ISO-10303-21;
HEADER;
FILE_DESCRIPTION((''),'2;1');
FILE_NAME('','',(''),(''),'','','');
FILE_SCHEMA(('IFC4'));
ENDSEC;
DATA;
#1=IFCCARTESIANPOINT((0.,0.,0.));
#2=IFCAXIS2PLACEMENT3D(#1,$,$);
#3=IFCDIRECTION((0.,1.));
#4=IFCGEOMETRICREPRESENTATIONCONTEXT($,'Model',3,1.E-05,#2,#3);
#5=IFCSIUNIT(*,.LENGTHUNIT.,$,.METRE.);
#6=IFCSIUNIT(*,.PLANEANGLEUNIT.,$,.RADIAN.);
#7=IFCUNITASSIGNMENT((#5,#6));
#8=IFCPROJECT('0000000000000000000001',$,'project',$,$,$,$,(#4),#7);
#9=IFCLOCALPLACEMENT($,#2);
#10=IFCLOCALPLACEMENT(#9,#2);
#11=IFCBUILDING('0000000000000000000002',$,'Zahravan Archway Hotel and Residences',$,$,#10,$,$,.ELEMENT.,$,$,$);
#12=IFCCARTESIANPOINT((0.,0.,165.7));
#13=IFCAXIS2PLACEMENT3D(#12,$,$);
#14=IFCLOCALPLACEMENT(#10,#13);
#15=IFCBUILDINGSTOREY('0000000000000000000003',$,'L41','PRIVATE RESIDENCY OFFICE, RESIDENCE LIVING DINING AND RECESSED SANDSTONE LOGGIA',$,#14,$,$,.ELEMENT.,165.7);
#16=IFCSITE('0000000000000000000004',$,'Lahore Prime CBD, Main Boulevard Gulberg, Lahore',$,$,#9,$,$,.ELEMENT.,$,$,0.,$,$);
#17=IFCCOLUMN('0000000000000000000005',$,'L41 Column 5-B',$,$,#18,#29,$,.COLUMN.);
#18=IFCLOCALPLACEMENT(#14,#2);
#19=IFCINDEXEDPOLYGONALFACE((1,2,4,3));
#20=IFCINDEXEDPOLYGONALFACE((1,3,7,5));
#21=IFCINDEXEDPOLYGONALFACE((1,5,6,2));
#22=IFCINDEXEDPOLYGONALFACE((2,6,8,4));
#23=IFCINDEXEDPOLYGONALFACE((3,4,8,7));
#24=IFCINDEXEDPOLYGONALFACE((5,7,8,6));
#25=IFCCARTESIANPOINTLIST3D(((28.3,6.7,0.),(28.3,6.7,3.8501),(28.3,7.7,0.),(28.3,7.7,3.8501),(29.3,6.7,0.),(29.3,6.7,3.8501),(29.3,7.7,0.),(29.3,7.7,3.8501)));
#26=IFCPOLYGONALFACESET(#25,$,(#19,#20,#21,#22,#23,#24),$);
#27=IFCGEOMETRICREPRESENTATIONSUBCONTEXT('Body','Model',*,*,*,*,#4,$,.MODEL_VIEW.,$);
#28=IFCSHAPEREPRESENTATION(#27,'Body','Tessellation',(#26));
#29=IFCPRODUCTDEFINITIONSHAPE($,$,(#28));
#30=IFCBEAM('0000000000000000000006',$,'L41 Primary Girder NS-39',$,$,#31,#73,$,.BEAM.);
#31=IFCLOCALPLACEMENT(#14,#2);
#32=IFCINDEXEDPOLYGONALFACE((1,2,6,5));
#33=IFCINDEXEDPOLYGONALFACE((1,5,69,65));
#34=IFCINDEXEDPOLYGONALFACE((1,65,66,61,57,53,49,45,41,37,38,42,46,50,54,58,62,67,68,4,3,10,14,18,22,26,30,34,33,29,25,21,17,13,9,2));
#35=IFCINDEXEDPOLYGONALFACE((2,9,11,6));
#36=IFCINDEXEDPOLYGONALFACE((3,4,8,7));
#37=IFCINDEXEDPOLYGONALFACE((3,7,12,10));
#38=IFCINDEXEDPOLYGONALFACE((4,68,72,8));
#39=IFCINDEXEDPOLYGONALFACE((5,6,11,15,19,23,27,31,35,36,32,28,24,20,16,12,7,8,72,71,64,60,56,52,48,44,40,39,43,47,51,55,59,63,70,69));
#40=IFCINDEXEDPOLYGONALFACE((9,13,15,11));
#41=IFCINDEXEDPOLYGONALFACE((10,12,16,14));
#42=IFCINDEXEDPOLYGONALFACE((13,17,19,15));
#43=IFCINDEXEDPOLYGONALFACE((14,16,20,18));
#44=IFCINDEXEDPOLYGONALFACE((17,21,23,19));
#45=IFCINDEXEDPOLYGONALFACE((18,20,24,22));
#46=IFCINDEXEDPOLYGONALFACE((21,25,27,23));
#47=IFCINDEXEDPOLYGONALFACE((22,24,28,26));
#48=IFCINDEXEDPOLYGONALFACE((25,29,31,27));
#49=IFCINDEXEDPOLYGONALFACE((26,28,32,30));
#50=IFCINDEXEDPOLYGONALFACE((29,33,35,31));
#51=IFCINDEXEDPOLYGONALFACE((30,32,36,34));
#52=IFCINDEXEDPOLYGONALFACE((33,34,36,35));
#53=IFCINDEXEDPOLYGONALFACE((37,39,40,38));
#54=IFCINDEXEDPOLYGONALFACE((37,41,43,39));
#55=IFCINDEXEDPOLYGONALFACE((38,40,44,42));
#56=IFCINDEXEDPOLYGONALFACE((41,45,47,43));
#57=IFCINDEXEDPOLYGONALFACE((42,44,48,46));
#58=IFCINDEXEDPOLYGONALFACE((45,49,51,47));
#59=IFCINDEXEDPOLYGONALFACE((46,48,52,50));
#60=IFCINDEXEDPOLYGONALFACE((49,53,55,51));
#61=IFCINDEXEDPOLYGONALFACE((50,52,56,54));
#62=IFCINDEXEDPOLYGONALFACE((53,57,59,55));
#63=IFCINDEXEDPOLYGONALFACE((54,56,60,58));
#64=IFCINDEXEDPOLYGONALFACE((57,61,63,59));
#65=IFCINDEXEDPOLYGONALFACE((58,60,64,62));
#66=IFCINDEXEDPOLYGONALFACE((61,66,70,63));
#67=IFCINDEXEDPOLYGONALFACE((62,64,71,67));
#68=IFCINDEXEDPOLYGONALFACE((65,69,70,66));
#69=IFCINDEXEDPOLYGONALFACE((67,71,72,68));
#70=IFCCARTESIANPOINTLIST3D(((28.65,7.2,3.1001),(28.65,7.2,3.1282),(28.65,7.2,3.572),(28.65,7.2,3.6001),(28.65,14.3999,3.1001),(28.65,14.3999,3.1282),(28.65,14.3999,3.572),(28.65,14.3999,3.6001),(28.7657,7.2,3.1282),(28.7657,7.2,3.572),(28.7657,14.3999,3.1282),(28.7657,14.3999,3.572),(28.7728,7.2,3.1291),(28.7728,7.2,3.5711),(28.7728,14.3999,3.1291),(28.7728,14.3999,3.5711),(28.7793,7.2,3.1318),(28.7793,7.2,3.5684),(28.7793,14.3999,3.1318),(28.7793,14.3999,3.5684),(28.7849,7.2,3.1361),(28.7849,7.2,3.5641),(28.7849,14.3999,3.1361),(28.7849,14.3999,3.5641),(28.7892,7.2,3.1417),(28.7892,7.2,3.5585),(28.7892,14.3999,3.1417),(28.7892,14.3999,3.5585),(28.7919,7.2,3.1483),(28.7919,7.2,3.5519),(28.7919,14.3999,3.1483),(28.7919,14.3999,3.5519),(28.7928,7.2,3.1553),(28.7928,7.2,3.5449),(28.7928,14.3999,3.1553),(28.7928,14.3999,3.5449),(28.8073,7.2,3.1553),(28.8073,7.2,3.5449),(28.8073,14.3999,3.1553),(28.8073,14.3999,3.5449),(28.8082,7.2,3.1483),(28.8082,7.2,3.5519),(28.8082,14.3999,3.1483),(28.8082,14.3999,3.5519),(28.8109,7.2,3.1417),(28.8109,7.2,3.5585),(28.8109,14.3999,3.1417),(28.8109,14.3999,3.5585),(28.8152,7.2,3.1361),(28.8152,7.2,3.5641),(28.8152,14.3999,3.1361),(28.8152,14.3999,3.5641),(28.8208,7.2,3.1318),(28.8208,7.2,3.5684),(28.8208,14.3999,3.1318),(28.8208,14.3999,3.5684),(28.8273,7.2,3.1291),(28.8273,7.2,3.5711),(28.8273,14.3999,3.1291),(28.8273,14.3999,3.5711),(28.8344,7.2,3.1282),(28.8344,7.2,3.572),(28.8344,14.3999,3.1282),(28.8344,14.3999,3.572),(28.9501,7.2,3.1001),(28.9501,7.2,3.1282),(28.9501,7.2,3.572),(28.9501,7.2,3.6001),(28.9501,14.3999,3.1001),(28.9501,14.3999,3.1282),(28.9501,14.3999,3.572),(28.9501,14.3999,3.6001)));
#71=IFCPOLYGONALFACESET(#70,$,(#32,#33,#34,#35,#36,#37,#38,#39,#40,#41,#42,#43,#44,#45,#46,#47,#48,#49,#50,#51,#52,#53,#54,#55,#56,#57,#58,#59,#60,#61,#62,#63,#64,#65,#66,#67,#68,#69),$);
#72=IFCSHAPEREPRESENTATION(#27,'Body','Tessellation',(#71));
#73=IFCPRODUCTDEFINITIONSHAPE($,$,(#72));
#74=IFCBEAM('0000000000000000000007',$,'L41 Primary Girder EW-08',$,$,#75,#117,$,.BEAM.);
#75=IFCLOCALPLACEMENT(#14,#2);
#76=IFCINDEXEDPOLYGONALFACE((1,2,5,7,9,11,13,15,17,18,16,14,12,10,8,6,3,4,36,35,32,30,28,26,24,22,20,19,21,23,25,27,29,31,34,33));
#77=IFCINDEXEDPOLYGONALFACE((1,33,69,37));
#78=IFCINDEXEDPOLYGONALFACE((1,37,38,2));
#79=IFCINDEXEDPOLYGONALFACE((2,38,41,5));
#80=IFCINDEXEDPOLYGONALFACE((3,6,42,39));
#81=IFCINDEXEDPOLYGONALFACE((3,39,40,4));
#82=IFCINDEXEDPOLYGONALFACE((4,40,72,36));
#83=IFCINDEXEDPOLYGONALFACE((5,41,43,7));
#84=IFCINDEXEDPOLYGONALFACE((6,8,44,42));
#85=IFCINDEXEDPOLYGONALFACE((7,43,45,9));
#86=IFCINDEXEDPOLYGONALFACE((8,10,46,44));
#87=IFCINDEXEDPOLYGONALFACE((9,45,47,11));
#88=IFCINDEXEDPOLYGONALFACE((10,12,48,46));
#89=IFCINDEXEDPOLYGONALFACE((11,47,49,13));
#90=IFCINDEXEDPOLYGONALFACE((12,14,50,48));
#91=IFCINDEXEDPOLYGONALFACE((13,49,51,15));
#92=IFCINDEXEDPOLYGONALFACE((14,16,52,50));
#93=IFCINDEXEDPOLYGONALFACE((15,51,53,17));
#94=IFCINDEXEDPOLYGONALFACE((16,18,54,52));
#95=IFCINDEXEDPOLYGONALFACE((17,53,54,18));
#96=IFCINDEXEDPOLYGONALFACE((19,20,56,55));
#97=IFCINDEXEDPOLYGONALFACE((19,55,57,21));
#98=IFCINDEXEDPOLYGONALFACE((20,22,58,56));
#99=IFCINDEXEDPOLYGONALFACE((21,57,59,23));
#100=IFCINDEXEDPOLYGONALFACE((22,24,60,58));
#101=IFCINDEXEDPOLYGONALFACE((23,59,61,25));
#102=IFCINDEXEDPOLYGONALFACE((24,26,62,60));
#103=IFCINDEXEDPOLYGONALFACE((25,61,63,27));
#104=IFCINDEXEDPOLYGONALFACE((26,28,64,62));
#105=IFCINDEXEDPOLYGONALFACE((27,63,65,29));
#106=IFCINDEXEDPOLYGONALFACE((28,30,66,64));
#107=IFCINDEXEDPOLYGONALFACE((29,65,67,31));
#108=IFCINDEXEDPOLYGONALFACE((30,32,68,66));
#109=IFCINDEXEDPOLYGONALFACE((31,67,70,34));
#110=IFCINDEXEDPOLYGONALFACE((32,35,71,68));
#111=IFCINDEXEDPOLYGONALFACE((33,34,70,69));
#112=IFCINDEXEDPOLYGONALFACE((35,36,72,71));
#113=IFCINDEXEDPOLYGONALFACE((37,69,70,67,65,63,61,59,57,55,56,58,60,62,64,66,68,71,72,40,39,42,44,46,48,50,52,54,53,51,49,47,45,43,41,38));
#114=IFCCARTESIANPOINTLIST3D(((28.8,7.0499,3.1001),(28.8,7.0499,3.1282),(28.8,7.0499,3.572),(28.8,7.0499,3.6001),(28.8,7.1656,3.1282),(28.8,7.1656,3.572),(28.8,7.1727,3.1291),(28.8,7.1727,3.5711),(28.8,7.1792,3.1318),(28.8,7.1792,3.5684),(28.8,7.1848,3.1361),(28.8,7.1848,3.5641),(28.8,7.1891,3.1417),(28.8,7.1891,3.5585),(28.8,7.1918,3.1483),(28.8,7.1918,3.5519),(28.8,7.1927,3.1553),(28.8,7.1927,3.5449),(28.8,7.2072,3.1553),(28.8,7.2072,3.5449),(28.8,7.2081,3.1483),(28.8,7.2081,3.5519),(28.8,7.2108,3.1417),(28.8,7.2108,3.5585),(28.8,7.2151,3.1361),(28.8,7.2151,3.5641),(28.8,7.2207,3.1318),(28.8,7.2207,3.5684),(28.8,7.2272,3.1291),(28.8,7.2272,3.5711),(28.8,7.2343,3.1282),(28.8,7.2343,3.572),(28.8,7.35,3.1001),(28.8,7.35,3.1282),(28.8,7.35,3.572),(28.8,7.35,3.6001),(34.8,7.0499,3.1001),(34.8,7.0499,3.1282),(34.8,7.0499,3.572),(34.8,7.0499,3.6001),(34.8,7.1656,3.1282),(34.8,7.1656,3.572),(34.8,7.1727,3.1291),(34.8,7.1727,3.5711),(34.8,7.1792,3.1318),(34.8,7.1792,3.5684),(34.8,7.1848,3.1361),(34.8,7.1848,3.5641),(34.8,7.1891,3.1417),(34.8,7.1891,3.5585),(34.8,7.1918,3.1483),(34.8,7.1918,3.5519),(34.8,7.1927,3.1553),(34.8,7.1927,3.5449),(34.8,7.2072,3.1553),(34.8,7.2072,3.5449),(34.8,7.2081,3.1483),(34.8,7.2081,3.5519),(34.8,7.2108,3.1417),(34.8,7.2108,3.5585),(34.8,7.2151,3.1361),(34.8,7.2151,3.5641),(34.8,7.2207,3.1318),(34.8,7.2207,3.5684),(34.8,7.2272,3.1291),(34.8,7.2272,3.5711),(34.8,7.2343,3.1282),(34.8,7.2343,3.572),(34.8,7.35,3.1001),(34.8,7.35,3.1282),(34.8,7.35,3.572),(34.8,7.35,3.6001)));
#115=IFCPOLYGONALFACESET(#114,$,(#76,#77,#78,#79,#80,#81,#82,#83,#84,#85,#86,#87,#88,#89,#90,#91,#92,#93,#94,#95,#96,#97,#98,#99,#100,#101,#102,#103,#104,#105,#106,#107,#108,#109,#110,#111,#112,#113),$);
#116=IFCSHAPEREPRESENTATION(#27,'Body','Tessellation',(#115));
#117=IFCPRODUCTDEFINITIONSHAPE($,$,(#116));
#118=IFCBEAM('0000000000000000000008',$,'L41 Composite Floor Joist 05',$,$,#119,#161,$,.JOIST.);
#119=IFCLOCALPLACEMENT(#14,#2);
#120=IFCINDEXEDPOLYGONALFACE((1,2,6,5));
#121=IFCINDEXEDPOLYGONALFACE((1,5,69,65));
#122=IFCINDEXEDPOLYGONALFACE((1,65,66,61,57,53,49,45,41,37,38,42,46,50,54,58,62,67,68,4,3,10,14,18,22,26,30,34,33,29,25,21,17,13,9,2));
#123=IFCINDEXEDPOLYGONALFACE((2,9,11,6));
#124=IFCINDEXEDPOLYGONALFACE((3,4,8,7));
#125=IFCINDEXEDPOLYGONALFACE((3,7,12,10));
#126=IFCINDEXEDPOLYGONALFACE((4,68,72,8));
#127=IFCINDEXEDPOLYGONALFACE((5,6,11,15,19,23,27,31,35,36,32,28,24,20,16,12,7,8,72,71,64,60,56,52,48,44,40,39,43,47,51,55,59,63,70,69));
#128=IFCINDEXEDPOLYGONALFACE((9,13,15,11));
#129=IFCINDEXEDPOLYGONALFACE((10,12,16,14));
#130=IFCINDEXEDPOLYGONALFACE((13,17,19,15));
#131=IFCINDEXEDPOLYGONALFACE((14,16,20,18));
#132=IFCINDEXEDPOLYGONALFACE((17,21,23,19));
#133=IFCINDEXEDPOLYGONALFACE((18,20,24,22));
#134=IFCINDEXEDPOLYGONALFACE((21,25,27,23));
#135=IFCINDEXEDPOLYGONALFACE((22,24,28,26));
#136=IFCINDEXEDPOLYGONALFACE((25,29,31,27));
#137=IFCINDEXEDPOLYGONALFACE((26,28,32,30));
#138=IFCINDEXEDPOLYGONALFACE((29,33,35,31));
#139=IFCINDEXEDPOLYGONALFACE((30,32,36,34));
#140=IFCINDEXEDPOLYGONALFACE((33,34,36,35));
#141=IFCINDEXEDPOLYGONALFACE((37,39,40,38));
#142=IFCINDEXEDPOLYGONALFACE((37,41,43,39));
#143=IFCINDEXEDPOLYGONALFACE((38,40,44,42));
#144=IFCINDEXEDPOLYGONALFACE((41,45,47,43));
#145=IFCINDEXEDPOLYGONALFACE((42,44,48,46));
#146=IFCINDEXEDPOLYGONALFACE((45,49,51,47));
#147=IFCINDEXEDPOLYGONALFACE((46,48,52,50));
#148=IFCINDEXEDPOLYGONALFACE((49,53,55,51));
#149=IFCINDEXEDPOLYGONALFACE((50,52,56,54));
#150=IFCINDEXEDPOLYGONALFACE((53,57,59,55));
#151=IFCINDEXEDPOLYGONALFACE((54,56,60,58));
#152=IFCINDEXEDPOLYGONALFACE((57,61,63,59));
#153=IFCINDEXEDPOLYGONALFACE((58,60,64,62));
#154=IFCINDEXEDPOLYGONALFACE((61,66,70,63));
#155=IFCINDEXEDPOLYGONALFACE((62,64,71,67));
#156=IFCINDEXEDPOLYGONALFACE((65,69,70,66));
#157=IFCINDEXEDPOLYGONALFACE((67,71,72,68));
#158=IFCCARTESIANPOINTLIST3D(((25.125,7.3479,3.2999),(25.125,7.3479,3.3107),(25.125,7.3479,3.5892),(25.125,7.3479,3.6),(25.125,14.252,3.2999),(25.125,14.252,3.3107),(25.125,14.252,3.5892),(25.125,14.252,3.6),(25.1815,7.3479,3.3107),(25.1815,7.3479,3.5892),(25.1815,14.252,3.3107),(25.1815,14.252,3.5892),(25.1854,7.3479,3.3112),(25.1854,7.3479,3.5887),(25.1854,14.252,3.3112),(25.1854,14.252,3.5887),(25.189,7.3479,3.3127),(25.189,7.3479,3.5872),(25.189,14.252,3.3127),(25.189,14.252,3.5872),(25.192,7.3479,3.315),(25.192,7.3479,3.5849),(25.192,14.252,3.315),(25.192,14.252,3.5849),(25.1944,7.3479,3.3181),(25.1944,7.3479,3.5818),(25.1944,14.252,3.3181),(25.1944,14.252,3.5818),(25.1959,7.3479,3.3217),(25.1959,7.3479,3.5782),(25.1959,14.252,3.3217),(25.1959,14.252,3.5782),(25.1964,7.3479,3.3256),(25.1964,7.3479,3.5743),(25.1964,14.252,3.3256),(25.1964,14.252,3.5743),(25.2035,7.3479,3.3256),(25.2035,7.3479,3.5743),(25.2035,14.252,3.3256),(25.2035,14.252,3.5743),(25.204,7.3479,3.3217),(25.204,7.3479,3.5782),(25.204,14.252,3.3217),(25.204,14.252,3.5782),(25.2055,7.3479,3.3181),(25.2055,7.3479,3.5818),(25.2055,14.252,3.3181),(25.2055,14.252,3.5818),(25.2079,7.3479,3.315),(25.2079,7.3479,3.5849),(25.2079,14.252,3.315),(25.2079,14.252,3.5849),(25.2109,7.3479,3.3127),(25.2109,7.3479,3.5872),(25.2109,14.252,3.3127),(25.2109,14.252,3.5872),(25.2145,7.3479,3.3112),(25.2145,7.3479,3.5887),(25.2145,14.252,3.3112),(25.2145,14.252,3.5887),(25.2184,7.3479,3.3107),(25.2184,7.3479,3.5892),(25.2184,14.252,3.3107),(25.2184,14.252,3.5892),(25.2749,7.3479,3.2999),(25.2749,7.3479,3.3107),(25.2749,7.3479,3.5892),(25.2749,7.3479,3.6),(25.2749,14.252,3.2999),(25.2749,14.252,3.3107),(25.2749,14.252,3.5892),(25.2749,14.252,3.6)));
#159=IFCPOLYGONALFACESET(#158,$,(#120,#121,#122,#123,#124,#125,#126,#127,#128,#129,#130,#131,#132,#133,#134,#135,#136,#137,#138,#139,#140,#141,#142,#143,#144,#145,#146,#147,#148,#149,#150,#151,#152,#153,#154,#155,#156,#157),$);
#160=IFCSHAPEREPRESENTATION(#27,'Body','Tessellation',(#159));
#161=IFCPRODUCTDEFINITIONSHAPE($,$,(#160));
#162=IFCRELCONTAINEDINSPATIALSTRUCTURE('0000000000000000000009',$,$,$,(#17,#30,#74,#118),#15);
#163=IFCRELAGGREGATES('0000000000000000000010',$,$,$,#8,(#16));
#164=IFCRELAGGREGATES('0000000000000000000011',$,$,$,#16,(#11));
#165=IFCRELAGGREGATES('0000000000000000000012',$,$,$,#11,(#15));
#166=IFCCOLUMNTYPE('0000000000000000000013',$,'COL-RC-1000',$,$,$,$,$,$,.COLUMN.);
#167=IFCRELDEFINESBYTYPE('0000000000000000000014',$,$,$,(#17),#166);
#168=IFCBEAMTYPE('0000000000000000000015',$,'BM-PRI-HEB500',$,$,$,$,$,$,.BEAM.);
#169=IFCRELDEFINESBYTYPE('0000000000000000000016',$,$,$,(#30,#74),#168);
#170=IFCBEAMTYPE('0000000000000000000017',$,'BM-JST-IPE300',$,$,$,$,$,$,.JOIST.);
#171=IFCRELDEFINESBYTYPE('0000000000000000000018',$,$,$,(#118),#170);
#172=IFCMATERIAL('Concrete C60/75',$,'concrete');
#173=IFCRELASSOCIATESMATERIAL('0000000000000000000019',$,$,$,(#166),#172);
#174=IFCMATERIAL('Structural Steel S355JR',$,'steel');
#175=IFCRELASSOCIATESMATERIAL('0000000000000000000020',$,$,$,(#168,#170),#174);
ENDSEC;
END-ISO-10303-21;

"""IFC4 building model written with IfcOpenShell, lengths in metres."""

from ifc_helpers import new_model, si_unit, direction, frame, origin, origin_2d, place, context, subcontext, project, spatial, rectangle, i_section, extrude, source, transform, mapped, material, material_profile, profile_set, type_object, type_shapes, element, save


model = new_model("IFC4")

# Units and contexts
model_context = context("Model", 3, precision=1e-05, world=origin(), true_north=direction((0.0, 1.0)))
body_context = subcontext(model_context, "Body", "Model", "MODEL_VIEW")
ifc_project = project(units=[si_unit("LENGTHUNIT", "METRE"), si_unit("PLANEANGLEUNIT", "RADIAN")], contexts=[model_context])

# Site, building, storey
site_placement = place(None, origin())
site = spatial("IfcSite", under=ifc_project, at=site_placement, Name="Lahore Prime CBD, Main Boulevard Gulberg, Lahore", CompositionType="ELEMENT", RefElevation=0.0)
building_placement = place(site_placement, origin())
building = spatial("IfcBuilding", under=site, at=building_placement, Name="Zahravan Archway Hotel and Residences", CompositionType="ELEMENT")
storey_placement = place(building_placement, frame((0.0, 0.0, 165.7)))
storey = spatial("IfcBuildingStorey", under=building, at=storey_placement, Name="L41", Description="PRIVATE RESIDENCY OFFICE, RESIDENCE LIVING DINING AND RECESSED SANDSTONE LOGGIA", CompositionType="ELEMENT", Elevation=165.7)

# Column
ifc_material_1 = material(Name="Concrete C60/75", Category="concrete")
ifc_material_profile_1 = material_profile(ifc_material_1, rectangle(XDim=1.0, YDim=1.0, at=origin_2d()), Name="RC-COL-1000x1000", Category="concrete")
ifc_profile_set_1 = profile_set([ifc_material_profile_1], Name="Concrete C60/75")
column_type = type_object("IfcColumnType", Name="COL-RC-1000", PredefinedType="COLUMN", material=ifc_profile_set_1)
shared_shape_1 = source(origin(), body_context, "Body", "SweptSolid", [
    extrude(rectangle(XDim=1.0, YDim=1.0, at=origin_2d()), origin(), (0.0, 0.0, 1.0), 3.8501),
])
column_placement = place(storey_placement, frame((28.8, 7.2, 0.0), z_axis=(0.0, 0.0, 1.0), x_axis=(1.0, 0.0, 0.0)))
element("IfcColumn", 1, at=column_placement, inside=storey, type_object=column_type, Name="L41 Column 5-B", PredefinedType="COLUMN", context=body_context, shape_type="MappedRepresentation", body=[
    mapped(shared_shape_1, transform((0.0, 0.0, 0.0), scale=1.0)),
])

# Beams
ifc_material_2 = material(Name="Structural Steel S355JR", Category="steel")
ifc_material_profile_2 = material_profile(ifc_material_2, i_section(OverallWidth=0.3, OverallDepth=0.5, WebThickness=0.0144, FlangeThickness=0.0281, FilletRadius=0.0271, at=origin_2d()), Name="HEB 500", Category="steel")
ifc_profile_set_2 = profile_set([ifc_material_profile_2], Name="Structural Steel S355JR")
beam_type_1 = type_object("IfcBeamType", Name="BM-PRI-HEB500", PredefinedType="BEAM", material=ifc_profile_set_2)
shared_shape_2 = source(origin(), body_context, "Body", "SweptSolid", [
    extrude(i_section(OverallWidth=0.3, OverallDepth=0.5, WebThickness=0.0144, FlangeThickness=0.0281, FilletRadius=0.0271, at=origin_2d()), origin(), (0.0, 0.0, 1.0), 7.2),
])
beam_1_placement = place(storey_placement, frame((28.8, 7.2, 3.3501), z_axis=(0.0, 1.0, 0.0), x_axis=(-1.0, 0.0, 0.0)))
element("IfcBeam", 2, at=beam_1_placement, inside=storey, type_object=beam_type_1, Name="L41 Primary Girder NS-39", PredefinedType="BEAM", context=body_context, shape_type="MappedRepresentation", body=[
    mapped(shared_shape_2, transform((0.0, 0.0, 0.0), scale=1.0)),
])
shared_shape_3 = source(origin(), body_context, "Body", "SweptSolid", [
    extrude(i_section(OverallWidth=0.3, OverallDepth=0.5, WebThickness=0.0144, FlangeThickness=0.0281, FilletRadius=0.0271, at=origin_2d()), origin(), (0.0, 0.0, 1.0), 6.0),
])
beam_2_placement = place(storey_placement, frame((28.8, 7.2, 3.3501), z_axis=(1.0, 0.0, 0.0), x_axis=(0.0, 1.0, 0.0)))
element("IfcBeam", 3, at=beam_2_placement, inside=storey, type_object=beam_type_1, Name="L41 Primary Girder EW-08", PredefinedType="BEAM", context=body_context, shape_type="MappedRepresentation", body=[
    mapped(shared_shape_3, transform((0.0, 0.0, 0.0), scale=1.0)),
])
ifc_material_profile_3 = material_profile(ifc_material_2, i_section(OverallWidth=0.1499, OverallDepth=0.3, WebThickness=0.0071, FlangeThickness=0.0107, FilletRadius=0.0149, at=origin_2d()), Name="IPE 300", Category="steel")
ifc_profile_set_3 = profile_set([ifc_material_profile_3], Name="Structural Steel S355JR")
beam_type_2 = type_object("IfcBeamType", Name="BM-JST-IPE300", PredefinedType="JOIST", material=ifc_profile_set_3)
shared_shape_4 = source(origin(), body_context, "Body", "SweptSolid", [
    extrude(i_section(OverallWidth=0.1499, OverallDepth=0.3, WebThickness=0.0071, FlangeThickness=0.0107, FilletRadius=0.0149, at=origin_2d()), origin(), (0.0, 0.0, 1.0), 6.9041),
])
type_shapes(beam_type_2, [shared_shape_4])
beam_3_placement = place(storey_placement, frame((25.2, 7.3479, 3.45), z_axis=(0.0, 1.0, 0.0), x_axis=(-1.0, 0.0, 0.0)))
element("IfcBeam", 4, at=beam_3_placement, inside=storey, type_object=beam_type_2, Name="L41 Composite Floor Joist 05", PredefinedType="JOIST", context=body_context, shape_type="MappedRepresentation", body=[
    mapped(shared_shape_4, transform((0.0, 0.0, 0.0), scale=1.0)),
])

save(model, "model.ifc")
